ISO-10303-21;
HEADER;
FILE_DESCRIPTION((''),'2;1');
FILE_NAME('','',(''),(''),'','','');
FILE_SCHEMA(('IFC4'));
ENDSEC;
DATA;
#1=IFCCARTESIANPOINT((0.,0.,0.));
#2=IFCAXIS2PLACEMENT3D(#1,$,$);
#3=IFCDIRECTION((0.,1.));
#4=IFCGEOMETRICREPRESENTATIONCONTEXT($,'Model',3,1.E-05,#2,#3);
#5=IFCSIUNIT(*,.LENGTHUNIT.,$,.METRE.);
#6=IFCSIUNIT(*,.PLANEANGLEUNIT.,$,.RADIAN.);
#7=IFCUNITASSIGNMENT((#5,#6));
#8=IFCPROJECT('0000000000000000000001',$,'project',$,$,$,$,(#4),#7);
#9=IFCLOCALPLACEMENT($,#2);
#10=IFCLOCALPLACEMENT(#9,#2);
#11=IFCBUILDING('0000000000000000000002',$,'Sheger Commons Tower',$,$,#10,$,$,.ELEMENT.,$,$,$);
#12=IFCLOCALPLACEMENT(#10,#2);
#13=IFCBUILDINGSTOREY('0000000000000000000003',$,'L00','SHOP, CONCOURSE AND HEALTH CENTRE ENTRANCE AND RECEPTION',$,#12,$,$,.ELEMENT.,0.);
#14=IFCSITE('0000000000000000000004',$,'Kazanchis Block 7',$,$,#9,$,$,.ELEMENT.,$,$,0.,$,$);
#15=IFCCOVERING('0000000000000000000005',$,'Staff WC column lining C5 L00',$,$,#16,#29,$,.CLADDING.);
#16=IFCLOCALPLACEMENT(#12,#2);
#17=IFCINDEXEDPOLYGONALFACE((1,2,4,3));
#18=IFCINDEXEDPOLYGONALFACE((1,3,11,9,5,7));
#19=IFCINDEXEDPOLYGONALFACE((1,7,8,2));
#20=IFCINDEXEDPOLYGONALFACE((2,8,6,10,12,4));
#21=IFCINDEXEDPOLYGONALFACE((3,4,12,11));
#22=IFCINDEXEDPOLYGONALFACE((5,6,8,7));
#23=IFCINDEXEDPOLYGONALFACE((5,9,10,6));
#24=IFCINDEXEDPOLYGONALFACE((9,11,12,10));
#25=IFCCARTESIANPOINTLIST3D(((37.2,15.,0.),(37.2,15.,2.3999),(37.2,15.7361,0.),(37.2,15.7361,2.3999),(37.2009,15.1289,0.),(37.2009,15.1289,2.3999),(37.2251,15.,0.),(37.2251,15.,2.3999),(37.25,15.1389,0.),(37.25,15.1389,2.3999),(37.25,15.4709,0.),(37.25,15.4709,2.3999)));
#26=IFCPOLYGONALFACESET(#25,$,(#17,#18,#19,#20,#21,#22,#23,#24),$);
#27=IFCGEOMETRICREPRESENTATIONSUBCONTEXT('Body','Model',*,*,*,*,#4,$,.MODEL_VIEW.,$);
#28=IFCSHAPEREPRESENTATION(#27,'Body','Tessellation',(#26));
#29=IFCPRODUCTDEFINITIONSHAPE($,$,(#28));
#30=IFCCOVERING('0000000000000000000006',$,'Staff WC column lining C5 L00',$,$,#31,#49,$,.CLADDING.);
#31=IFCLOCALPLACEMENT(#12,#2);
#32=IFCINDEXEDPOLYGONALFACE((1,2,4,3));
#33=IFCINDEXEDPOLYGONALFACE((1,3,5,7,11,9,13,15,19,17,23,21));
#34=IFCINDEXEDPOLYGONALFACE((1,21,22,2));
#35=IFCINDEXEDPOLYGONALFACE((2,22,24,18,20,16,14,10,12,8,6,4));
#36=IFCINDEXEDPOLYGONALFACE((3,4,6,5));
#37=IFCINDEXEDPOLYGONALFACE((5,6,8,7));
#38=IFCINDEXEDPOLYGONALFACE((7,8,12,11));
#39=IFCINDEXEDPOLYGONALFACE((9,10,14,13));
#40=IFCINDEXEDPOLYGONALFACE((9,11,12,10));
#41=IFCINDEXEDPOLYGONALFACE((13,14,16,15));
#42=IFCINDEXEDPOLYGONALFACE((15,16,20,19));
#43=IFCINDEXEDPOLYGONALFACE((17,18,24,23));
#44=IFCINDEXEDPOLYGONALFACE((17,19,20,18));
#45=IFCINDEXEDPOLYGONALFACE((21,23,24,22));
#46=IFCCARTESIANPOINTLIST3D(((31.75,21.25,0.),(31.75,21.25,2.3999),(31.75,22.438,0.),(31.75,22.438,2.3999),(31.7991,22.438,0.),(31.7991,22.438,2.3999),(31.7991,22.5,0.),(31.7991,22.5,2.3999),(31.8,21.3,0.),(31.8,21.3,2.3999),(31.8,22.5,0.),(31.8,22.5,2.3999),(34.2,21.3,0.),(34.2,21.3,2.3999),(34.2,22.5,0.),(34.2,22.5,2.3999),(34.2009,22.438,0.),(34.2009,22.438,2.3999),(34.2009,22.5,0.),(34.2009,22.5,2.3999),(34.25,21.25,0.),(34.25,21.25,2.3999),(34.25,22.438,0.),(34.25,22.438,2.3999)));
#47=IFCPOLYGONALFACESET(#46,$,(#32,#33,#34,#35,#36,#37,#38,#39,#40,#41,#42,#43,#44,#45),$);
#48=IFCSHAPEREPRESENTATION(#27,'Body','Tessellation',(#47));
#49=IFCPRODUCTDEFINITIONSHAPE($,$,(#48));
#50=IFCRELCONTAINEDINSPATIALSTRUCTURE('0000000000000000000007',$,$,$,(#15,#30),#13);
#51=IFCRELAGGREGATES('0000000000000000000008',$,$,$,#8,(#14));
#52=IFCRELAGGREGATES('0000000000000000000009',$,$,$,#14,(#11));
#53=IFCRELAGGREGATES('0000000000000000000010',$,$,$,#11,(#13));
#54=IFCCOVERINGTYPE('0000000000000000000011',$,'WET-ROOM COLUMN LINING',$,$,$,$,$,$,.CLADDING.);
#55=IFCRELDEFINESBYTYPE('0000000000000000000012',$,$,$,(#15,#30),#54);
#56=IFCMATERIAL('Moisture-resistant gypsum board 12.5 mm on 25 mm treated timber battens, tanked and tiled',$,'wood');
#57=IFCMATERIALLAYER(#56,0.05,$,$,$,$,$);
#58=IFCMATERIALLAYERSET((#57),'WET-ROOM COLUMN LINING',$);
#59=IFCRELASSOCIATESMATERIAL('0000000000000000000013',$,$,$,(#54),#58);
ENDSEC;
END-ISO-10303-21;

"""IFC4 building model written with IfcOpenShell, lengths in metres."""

from ifc_helpers import new_model, si_unit, direction, origin, place, context, subcontext, project, spatial, polyline, outline, extrude, material, layer, layer_set, type_object, element, save


model = new_model("IFC4")

# Units and contexts
model_context = context("Model", 3, precision=1e-05, world=origin(), true_north=direction((0.0, 1.0)))
body_context = subcontext(model_context, "Body", "Model", "MODEL_VIEW")
ifc_project = project(units=[si_unit("LENGTHUNIT", "METRE"), si_unit("PLANEANGLEUNIT", "RADIAN")], contexts=[model_context])

# Site, building, storey
site_placement = place(None, origin())
site = spatial("IfcSite", under=ifc_project, at=site_placement, Name="Kazanchis Block 7", CompositionType="ELEMENT", RefElevation=0.0)
building_placement = place(site_placement, origin())
building = spatial("IfcBuilding", under=site, at=building_placement, Name="Sheger Commons Tower", CompositionType="ELEMENT")
storey_placement = place(building_placement, origin())
storey = spatial("IfcBuildingStorey", under=building, at=storey_placement, Name="L00", Description="SHOP, CONCOURSE AND HEALTH CENTRE ENTRANCE AND RECEPTION", CompositionType="ELEMENT", Elevation=0.0)

# Coverings
ifc_material_1 = material(Name="Moisture-resistant gypsum board 12.5 mm on 25 mm treated timber battens, tanked and tiled", Category="wood")
ifc_layer_1 = layer(ifc_material_1, 0.05)
ifc_layer_set_1 = layer_set([ifc_layer_1], Name="WET-ROOM COLUMN LINING")
covering_type_1 = type_object("IfcCoveringType", Name="WET-ROOM COLUMN LINING", PredefinedType="CLADDING", material=ifc_layer_set_1)
covering_1_placement = place(storey_placement, origin())
element("IfcCovering", 1, at=covering_1_placement, inside=storey, type_object=covering_type_1, Name="Staff WC column lining C5 L00", PredefinedType="CLADDING", context=body_context, shape_type="SweptSolid", body=[
    extrude(outline(polyline([(37.2, 15.0), (37.2, 15.7361), (37.25, 15.4709), (37.25, 15.1389), (37.2009, 15.1289), (37.2251, 15.0), (37.2, 15.0)])), origin(), (0.0, 0.0, 1.0), 2.3999),
])
covering_2_placement = place(storey_placement, origin())
element("IfcCovering", 2, at=covering_2_placement, inside=storey, type_object=covering_type_1, Name="Staff WC column lining C5 L00", PredefinedType="CLADDING", context=body_context, shape_type="SweptSolid", body=[
    extrude(outline(polyline([(31.8, 22.5), (31.8, 21.3), (34.2, 21.3), (34.2, 22.5), (34.2009, 22.5), (34.2009, 22.438), (34.25, 22.438), (34.25, 21.25), (31.75, 21.25), (31.75, 22.438), (31.7991, 22.438), (31.7991, 22.5), (31.8, 22.5)])), origin(), (0.0, 0.0, 1.0), 2.3999),
])

save(model, "model.ifc")
